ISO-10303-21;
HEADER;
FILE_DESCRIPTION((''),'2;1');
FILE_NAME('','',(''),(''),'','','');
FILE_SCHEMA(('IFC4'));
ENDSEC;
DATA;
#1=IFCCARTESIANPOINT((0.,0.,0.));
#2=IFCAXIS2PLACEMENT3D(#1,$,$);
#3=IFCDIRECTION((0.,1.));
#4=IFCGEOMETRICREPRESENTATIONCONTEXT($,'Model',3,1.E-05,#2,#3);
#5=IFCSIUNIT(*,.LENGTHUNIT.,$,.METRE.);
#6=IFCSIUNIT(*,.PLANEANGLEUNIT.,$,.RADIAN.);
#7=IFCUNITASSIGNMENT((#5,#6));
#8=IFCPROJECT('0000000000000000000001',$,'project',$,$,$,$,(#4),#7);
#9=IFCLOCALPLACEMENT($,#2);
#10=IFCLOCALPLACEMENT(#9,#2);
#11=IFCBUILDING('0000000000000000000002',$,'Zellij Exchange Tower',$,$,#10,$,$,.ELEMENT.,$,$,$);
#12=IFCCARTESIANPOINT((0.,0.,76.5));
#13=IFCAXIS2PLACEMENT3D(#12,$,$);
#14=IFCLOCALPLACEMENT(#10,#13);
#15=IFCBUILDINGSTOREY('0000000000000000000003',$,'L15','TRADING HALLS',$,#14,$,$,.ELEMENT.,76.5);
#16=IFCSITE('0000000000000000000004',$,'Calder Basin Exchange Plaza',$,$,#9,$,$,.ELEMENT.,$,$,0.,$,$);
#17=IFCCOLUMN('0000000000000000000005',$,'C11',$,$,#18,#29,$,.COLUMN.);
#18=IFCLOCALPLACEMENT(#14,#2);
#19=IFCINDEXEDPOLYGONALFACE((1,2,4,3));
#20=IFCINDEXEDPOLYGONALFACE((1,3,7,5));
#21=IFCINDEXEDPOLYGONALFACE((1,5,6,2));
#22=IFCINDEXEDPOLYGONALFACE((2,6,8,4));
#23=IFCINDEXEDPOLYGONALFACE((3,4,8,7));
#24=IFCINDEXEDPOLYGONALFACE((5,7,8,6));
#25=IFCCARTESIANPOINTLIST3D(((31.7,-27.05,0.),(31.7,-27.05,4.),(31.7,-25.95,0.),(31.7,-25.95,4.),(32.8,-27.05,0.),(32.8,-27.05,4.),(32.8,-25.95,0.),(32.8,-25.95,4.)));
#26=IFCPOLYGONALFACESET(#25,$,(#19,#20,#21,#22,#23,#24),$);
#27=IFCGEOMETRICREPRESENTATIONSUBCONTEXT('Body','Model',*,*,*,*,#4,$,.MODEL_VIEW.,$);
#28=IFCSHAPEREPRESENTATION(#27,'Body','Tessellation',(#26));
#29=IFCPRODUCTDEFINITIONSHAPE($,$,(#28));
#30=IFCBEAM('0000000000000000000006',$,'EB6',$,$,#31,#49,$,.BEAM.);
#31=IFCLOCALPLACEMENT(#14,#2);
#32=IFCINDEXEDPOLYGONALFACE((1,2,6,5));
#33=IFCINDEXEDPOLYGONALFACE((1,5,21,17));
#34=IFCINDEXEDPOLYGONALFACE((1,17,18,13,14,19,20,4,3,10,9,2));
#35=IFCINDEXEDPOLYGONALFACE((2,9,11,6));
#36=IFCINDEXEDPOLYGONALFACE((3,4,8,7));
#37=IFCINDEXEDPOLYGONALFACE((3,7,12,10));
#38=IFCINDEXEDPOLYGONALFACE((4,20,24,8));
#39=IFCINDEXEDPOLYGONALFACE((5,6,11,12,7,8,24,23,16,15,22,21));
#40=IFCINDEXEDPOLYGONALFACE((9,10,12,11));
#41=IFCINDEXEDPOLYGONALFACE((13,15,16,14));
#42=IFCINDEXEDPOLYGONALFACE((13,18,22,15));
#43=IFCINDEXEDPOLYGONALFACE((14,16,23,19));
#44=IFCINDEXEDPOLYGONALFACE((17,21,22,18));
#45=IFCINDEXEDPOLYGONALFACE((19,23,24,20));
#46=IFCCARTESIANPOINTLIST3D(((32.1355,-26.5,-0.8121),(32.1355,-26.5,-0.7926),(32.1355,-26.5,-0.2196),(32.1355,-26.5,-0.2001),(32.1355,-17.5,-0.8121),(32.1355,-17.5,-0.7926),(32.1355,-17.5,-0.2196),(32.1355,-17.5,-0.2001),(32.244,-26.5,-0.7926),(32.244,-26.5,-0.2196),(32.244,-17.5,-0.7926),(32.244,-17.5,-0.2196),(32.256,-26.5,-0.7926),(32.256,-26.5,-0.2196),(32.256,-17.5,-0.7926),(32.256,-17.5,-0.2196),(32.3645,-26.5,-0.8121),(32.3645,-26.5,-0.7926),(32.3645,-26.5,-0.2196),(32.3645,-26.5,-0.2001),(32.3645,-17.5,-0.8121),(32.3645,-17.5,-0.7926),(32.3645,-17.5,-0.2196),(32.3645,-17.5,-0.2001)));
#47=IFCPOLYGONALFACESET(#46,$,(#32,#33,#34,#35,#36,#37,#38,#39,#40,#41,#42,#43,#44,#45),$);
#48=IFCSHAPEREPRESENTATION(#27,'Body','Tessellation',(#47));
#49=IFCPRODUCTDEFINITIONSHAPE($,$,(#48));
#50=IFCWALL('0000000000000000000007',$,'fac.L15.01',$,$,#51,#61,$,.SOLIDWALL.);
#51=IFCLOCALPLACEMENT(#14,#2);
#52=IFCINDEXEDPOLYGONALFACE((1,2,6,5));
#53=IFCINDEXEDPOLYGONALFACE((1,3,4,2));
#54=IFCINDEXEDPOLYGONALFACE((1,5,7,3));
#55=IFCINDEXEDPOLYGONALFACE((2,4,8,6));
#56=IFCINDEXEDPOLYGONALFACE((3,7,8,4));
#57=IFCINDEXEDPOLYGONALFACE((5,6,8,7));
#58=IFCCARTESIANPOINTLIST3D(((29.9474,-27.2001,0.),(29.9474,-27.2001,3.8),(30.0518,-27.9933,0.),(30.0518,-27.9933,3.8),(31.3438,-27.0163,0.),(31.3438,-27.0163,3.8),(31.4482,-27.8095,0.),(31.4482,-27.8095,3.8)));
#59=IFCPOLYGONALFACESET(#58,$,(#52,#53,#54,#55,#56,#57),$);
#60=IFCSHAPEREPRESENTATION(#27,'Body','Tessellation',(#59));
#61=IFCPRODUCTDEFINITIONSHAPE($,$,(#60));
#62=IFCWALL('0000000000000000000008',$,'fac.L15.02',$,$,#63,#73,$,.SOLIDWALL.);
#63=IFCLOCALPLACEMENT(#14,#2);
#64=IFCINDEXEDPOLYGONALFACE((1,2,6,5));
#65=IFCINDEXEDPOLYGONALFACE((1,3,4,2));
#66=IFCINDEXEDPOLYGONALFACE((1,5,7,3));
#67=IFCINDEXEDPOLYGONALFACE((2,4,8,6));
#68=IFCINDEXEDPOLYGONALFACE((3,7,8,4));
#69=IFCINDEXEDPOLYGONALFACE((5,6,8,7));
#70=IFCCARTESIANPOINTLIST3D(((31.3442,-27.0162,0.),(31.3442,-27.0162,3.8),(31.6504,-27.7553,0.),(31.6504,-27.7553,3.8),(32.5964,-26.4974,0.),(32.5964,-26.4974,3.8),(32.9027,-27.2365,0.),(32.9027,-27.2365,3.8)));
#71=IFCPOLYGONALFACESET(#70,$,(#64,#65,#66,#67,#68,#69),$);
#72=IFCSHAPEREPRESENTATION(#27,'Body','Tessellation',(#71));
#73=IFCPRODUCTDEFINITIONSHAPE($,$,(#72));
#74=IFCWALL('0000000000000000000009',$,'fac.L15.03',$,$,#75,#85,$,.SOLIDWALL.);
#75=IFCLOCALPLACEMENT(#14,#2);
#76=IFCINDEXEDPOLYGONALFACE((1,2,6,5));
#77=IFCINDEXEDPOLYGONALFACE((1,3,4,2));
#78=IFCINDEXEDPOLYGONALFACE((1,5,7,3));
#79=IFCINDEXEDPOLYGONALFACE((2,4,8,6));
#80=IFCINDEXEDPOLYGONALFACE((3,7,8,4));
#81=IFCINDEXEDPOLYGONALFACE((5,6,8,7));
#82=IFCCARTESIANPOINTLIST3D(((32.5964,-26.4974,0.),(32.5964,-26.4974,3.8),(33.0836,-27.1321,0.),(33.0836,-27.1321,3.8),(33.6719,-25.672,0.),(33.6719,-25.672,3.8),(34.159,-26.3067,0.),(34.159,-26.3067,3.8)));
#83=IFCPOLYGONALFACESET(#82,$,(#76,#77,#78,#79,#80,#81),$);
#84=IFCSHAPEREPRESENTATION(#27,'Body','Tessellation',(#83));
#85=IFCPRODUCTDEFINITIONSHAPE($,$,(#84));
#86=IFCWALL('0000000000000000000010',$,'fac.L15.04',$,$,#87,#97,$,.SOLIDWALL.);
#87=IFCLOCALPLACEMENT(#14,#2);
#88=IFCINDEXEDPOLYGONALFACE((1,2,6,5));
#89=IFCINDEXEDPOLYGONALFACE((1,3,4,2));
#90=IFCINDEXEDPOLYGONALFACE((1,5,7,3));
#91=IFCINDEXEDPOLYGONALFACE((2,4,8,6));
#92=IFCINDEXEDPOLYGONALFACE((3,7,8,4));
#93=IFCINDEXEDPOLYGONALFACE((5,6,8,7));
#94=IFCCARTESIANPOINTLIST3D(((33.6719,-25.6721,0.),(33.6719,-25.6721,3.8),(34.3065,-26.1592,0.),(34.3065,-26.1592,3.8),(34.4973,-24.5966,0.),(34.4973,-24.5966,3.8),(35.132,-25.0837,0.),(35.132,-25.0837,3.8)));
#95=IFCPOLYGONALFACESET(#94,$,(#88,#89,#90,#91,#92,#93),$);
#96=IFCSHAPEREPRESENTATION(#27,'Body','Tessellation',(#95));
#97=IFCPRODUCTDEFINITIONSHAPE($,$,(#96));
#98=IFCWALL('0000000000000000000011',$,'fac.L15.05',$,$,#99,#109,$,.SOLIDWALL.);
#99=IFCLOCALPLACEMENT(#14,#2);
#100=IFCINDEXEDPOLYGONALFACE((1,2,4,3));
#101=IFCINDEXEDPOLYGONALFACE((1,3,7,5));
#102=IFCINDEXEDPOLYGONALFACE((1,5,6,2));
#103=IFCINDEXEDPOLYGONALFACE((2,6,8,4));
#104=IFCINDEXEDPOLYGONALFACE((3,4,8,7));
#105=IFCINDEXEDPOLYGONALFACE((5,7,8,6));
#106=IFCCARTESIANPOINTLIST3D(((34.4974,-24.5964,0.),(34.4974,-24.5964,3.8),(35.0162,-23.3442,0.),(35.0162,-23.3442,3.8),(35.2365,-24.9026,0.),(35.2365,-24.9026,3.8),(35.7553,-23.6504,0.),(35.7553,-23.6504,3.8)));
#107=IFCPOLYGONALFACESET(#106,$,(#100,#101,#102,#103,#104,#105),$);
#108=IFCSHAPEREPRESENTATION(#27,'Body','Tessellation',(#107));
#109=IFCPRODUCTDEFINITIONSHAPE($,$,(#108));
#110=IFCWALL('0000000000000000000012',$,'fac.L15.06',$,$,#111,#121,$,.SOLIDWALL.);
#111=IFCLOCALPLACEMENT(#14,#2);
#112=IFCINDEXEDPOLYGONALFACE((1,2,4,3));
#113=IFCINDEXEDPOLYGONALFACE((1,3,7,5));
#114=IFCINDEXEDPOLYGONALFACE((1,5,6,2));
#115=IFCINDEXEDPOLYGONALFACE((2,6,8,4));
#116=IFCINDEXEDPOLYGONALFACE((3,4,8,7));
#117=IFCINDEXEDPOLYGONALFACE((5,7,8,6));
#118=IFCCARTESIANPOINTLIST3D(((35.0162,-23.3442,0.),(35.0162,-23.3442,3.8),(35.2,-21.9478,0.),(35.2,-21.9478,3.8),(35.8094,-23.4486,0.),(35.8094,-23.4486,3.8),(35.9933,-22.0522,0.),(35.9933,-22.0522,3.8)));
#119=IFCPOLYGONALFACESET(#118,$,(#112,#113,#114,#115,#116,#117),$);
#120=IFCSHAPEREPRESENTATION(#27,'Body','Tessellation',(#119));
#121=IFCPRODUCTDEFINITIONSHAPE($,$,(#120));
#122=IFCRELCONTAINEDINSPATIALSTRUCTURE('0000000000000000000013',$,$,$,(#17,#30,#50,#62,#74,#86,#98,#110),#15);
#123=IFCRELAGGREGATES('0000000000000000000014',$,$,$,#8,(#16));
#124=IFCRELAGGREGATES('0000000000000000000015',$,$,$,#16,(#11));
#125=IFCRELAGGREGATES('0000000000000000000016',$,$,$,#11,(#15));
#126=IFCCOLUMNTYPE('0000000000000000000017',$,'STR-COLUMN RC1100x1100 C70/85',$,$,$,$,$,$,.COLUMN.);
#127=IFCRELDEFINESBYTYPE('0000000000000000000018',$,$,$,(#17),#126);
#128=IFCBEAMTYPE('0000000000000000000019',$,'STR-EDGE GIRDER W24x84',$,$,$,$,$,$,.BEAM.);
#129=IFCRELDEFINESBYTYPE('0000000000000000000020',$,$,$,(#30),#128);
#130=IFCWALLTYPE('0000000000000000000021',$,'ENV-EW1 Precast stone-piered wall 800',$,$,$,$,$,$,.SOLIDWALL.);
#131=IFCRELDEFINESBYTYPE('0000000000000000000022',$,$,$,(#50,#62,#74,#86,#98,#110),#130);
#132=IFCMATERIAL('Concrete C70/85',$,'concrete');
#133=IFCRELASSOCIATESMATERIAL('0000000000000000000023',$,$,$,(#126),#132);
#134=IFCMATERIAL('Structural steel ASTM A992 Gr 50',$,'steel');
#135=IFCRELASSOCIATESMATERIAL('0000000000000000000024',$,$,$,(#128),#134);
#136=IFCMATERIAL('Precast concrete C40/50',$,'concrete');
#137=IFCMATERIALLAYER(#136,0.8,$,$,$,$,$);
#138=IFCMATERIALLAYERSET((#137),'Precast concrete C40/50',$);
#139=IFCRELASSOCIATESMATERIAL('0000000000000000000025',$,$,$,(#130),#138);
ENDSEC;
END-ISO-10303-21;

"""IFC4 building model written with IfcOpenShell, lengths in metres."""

from ifc_helpers import new_model, si_unit, direction, frame, frame_2d, origin, origin_2d, place, context, subcontext, project, spatial, rectangle, i_section, extrude, material, layer, layer_set, material_profile, profile_set, type_object, element, save


model = new_model("IFC4")

# Units and contexts
model_context = context("Model", 3, precision=1e-05, world=origin(), true_north=direction((0.0, 1.0)))
body_context = subcontext(model_context, "Body", "Model", "MODEL_VIEW")
ifc_project = project(units=[si_unit("LENGTHUNIT", "METRE"), si_unit("PLANEANGLEUNIT", "RADIAN")], contexts=[model_context])

# Site, building, storey
site_placement = place(None, origin())
site = spatial("IfcSite", under=ifc_project, at=site_placement, Name="Calder Basin Exchange Plaza", CompositionType="ELEMENT", RefElevation=0.0)
building_placement = place(site_placement, origin())
building = spatial("IfcBuilding", under=site, at=building_placement, Name="Zellij Exchange Tower", CompositionType="ELEMENT")
storey_placement = place(building_placement, frame((0.0, 0.0, 76.5)))
storey = spatial("IfcBuildingStorey", under=building, at=storey_placement, Name="L15", Description="TRADING HALLS", CompositionType="ELEMENT", Elevation=76.5)

# Column
ifc_material_1 = material(Name="Concrete C70/85", Category="concrete")
ifc_material_profile_1 = material_profile(ifc_material_1, rectangle(XDim=1.1001, YDim=1.1001, at=origin_2d()), Name="STR-COLUMN RC1100x1100 C70/85")
ifc_profile_set_1 = profile_set([ifc_material_profile_1], Name="Concrete C70/85")
column_type = type_object("IfcColumnType", Name="STR-COLUMN RC1100x1100 C70/85", PredefinedType="COLUMN", material=ifc_profile_set_1)
column_placement = place(storey_placement, frame((32.25, -26.5, 0.0), z_axis=(0.0, 0.0, 1.0), x_axis=(1.0, 0.0, 0.0)))
element("IfcColumn", 1, at=column_placement, inside=storey, type_object=column_type, Name="C11", PredefinedType="COLUMN", context=body_context, shape_type="SweptSolid", body=[
    extrude(rectangle(XDim=1.1001, YDim=1.1001, at=origin_2d()), origin(), (0.0, 0.0, 1.0), 4.0),
])

# Beam
ifc_material_2 = material(Name="Structural steel ASTM A992 Gr 50", Category="steel")
ifc_material_profile_2 = material_profile(ifc_material_2, i_section(OverallWidth=0.229, OverallDepth=0.6121, WebThickness=0.012, FlangeThickness=0.0195, at=origin_2d()), Name="W24x84")
ifc_profile_set_2 = profile_set([ifc_material_profile_2], Name="Structural steel ASTM A992 Gr 50")
beam_type = type_object("IfcBeamType", Name="STR-EDGE GIRDER W24x84", PredefinedType="BEAM", material=ifc_profile_set_2)
beam_placement = place(storey_placement, frame((32.25, -26.5, -0.5061), z_axis=(0.0, 1.0, 0.0), x_axis=(-1.0, 0.0, 0.0)))
element("IfcBeam", 2, at=beam_placement, inside=storey, type_object=beam_type, Name="EB6", PredefinedType="BEAM", context=body_context, shape_type="SweptSolid", body=[
    extrude(i_section(OverallWidth=0.229, OverallDepth=0.6121, WebThickness=0.012, FlangeThickness=0.0195, at=origin_2d()), origin(), (0.0, 0.0, 1.0), 9.0),
])

# Walls
ifc_material_3 = material(Name="Precast concrete C40/50", Category="concrete")
ifc_layer_1 = layer(ifc_material_3, 0.8)
ifc_layer_set_1 = layer_set([ifc_layer_1], Name="Precast concrete C40/50")
wall_type = type_object("IfcWallType", Name="ENV-EW1 Precast stone-piered wall 800", PredefinedType="SOLIDWALL", material=ifc_layer_set_1)
wall_1_placement = place(storey_placement, frame((29.9998, -27.5967, 0.0), z_axis=(0.0, 0.0, 1.0), x_axis=(0.991446, 0.130517, 0.0)))
element("IfcWall", 3, at=wall_1_placement, inside=storey, type_object=wall_type, Name="fac.L15.01", PredefinedType="SOLIDWALL", context=body_context, shape_type="SweptSolid", body=[
    extrude(rectangle(XDim=1.4084, YDim=0.8, at=frame_2d((0.7041, 0.0))), origin(), (0.0, 0.0, 1.0), 3.8),
])
wall_2_placement = place(storey_placement, frame((31.4973, -27.3857, 0.0), z_axis=(0.0, 0.0, 1.0), x_axis=(0.923848, 0.38276, 0.0)))
element("IfcWall", 4, at=wall_2_placement, inside=storey, type_object=wall_type, Name="fac.L15.02", PredefinedType="SOLIDWALL", context=body_context, shape_type="SweptSolid", body=[
    extrude(rectangle(XDim=1.3555, YDim=0.8, at=frame_2d((0.6777, 0.0))), origin(), (0.0, 0.0, 1.0), 3.8),
])
for number, where, z_axis, x_axis, name in (
    (5, (32.8401, -26.8147, 0.0), (0.0, 0.0, 1.0), (0.793273, 0.608866, 0.0), "fac.L15.03"),
    (6, (33.9893, -25.9155, 0.0), (0.0, 0.0, 1.0), (0.608866, 0.793273, 0.0), "fac.L15.04"),
):
    element("IfcWall", number, at=place(storey_placement, frame(where, z_axis=z_axis, x_axis=x_axis)), inside=storey, type_object=wall_type, Name=name, PredefinedType="SOLIDWALL", context=body_context, shape_type="SweptSolid", body=[
        extrude(rectangle(XDim=1.3557, YDim=0.8, at=frame_2d((0.6777, 0.0))), origin(), (0.0, 0.0, 1.0), 3.8),
    ])
wall_3_placement = place(storey_placement, frame((34.8669, -24.7495, 0.0), z_axis=(0.0, 0.0, 1.0), x_axis=(0.38276, 0.923848, 0.0)))
element("IfcWall", 7, at=wall_3_placement, inside=storey, type_object=wall_type, Name="fac.L15.05", PredefinedType="SOLIDWALL", context=body_context, shape_type="SweptSolid", body=[
    extrude(rectangle(XDim=1.3555, YDim=0.8, at=frame_2d((0.6777, 0.0))), origin(), (0.0, 0.0, 1.0), 3.8),
])
wall_4_placement = place(storey_placement, frame((35.4128, -23.3962, 0.0), z_axis=(0.0, 0.0, 1.0), x_axis=(0.130517, 0.991446, 0.0)))
element("IfcWall", 8, at=wall_4_placement, inside=storey, type_object=wall_type, Name="fac.L15.06", PredefinedType="SOLIDWALL", context=body_context, shape_type="SweptSolid", body=[
    extrude(rectangle(XDim=1.4084, YDim=0.8, at=frame_2d((0.7041, 0.0))), origin(), (0.0, 0.0, 1.0), 3.8),
])

save(model, "model.ifc")
